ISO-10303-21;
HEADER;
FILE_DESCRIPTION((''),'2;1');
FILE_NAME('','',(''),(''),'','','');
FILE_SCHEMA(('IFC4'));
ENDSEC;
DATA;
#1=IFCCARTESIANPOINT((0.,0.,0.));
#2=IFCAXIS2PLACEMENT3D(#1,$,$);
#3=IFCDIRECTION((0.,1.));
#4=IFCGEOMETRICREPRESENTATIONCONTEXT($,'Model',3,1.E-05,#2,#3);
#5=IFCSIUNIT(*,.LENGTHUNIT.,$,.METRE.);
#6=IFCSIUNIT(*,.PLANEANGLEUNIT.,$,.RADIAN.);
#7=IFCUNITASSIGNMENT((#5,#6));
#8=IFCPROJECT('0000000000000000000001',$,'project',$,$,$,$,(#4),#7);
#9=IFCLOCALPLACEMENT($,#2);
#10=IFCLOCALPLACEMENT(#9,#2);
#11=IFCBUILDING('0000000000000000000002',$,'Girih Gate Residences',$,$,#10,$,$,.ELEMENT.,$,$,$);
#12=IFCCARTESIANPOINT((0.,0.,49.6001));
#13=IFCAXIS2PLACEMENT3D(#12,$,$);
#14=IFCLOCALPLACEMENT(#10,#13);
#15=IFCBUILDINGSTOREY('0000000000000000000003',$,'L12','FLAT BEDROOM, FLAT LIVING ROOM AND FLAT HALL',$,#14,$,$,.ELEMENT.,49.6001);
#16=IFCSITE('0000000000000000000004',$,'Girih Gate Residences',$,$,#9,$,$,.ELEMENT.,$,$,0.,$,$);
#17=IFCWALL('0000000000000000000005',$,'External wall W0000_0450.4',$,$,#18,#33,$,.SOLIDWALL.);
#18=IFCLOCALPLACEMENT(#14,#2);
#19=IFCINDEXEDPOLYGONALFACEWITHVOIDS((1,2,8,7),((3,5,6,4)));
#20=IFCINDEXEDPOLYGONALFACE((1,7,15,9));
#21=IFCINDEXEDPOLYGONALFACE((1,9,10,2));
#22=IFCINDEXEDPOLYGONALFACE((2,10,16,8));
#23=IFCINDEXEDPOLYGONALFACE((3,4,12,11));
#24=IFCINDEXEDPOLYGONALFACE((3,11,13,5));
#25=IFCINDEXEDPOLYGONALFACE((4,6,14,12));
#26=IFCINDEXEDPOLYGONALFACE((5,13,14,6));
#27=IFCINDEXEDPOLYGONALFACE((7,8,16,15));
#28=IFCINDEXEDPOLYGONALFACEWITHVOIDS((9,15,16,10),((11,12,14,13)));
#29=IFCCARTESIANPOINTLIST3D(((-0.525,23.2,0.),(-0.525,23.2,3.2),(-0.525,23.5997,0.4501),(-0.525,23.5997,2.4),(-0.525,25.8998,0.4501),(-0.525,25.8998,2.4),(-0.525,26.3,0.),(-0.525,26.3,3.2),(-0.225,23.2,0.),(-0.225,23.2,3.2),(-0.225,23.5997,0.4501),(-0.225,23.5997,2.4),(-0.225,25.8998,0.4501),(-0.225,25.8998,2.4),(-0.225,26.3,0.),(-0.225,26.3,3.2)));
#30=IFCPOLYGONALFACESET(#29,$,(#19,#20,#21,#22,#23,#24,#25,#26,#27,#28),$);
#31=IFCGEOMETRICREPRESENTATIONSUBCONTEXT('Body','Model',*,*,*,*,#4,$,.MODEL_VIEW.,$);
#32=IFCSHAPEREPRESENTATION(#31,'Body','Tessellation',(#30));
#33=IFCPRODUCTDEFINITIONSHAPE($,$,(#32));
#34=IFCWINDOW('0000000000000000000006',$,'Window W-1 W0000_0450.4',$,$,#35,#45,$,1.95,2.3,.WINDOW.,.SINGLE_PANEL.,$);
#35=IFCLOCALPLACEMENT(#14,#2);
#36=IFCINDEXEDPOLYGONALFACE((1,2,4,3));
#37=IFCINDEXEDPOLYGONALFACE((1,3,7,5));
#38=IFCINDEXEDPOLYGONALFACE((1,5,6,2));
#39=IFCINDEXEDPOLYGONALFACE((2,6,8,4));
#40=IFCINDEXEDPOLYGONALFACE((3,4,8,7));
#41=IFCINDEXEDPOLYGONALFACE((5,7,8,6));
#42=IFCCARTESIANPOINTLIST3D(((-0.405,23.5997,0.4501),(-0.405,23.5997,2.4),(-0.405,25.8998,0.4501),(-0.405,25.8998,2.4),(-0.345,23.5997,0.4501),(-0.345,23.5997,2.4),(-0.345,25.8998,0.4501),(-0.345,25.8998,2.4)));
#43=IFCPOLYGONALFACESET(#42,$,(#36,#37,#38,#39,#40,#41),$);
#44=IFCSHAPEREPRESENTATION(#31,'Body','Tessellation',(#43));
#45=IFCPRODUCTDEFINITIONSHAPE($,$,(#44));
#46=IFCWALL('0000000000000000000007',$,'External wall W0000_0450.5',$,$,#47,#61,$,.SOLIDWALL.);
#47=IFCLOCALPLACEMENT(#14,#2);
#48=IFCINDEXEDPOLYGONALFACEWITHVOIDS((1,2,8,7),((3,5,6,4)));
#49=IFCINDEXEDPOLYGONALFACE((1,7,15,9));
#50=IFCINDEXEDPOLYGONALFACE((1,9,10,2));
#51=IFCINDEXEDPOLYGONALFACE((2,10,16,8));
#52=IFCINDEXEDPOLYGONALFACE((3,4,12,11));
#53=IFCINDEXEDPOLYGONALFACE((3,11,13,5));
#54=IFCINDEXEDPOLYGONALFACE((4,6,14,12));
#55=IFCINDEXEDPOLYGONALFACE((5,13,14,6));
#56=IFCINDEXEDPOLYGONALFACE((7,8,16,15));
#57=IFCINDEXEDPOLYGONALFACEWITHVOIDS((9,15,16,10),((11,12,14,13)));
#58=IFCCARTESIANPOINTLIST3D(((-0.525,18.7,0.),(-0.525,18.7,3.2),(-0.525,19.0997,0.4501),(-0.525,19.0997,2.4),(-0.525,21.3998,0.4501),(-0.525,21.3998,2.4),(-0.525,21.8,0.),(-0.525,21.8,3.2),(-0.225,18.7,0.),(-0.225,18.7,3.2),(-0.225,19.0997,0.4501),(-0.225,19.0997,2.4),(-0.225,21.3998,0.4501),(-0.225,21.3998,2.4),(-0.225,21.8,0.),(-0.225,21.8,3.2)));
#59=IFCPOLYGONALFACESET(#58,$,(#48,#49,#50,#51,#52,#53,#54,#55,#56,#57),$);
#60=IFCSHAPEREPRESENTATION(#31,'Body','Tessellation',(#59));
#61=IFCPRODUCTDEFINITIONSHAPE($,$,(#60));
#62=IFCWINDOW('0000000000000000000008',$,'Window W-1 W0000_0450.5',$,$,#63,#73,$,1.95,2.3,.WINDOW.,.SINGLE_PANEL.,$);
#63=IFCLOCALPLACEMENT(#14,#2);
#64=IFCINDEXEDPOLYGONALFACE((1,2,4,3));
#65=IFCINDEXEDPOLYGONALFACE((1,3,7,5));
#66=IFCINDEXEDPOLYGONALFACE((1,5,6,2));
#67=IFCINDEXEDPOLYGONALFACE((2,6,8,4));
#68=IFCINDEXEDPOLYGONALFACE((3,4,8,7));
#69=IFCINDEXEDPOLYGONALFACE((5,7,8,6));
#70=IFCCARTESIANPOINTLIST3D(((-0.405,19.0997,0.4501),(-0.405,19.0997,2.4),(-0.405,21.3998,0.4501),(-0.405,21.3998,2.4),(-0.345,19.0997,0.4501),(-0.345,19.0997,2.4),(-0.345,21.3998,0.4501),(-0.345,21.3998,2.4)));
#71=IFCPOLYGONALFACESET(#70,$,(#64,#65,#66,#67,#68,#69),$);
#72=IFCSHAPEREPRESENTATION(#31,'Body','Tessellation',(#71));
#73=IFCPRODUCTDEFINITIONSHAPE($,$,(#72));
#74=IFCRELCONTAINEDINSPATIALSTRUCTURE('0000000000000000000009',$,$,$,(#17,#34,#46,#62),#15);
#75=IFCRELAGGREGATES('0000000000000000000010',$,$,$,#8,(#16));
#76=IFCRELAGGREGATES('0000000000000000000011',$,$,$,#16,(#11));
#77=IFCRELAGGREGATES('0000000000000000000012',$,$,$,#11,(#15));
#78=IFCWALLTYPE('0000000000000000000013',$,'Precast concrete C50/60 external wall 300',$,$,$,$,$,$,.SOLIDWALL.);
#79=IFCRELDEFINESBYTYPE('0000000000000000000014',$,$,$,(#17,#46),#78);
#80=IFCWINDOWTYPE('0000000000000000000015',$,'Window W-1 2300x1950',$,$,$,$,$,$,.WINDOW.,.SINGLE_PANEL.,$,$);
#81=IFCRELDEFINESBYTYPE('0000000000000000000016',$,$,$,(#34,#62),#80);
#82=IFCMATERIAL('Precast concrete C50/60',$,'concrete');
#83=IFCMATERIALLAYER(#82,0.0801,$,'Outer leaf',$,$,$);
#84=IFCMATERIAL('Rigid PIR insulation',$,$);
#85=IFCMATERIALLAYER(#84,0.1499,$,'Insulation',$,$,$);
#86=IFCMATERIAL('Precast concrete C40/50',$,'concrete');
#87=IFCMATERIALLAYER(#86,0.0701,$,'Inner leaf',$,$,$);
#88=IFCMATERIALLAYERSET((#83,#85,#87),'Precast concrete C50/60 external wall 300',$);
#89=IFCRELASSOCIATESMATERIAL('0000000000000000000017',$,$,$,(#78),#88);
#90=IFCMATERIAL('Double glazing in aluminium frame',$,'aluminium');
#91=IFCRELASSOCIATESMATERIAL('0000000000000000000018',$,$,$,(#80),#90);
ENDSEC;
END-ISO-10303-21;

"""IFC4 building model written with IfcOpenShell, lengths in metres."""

from ifc_helpers import new_model, si_unit, direction, frame, frame_2d, origin, place, context, subcontext, project, spatial, rectangle, extrude, material, layer, layer_set, type_object, element, fill, save


model = new_model("IFC4")

# Units and contexts
model_context = context("Model", 3, precision=1e-05, world=origin(), true_north=direction((0.0, 1.0)))
body_context = subcontext(model_context, "Body", "Model", "MODEL_VIEW")
ifc_project = project(units=[si_unit("LENGTHUNIT", "METRE"), si_unit("PLANEANGLEUNIT", "RADIAN")], contexts=[model_context])

# Site, building, storey
site_placement = place(None, origin())
site = spatial("IfcSite", under=ifc_project, at=site_placement, Name="Girih Gate Residences", CompositionType="ELEMENT", RefElevation=0.0)
building_placement = place(site_placement, origin())
building = spatial("IfcBuilding", under=site, at=building_placement, Name="Girih Gate Residences", CompositionType="ELEMENT")
storey_placement = place(building_placement, frame((0.0, 0.0, 49.6001)))
storey = spatial("IfcBuildingStorey", under=building, at=storey_placement, Name="L12", Description="FLAT BEDROOM, FLAT LIVING ROOM AND FLAT HALL", CompositionType="ELEMENT", Elevation=49.6001)

# Walls, openings, windows
ifc_material_1 = material(Name="Precast concrete C50/60", Category="concrete")
ifc_layer_1 = layer(ifc_material_1, 0.0801, Name="Outer leaf")
ifc_material_2 = material(Name="Rigid PIR insulation")
ifc_layer_2 = layer(ifc_material_2, 0.1499, Name="Insulation")
ifc_material_3 = material(Name="Precast concrete C40/50", Category="concrete")
ifc_layer_3 = layer(ifc_material_3, 0.0701, Name="Inner leaf")
ifc_layer_set_1 = layer_set([ifc_layer_1, ifc_layer_2, ifc_layer_3], Name="Precast concrete C50/60 external wall 300")
wall_type_1 = type_object("IfcWallType", Name="Precast concrete C50/60 external wall 300", PredefinedType="SOLIDWALL", material=ifc_layer_set_1)
wall_1_placement = place(storey_placement, frame((-0.375, 23.2, 0.0), z_axis=(0.0, 0.0, 1.0), x_axis=(0.0, 1.0, 0.0)))
wall_1 = element("IfcWall", 1, at=wall_1_placement, inside=storey, type_object=wall_type_1, Name="External wall W0000_0450.4", PredefinedType="SOLIDWALL", context=body_context, shape_type="SweptSolid", body=[
    extrude(rectangle(XDim=3.1001, YDim=0.3, at=frame_2d((1.55, 0.0))), origin(), (0.0, 0.0, 1.0), 3.2),
])
opening_1_placement = place(wall_1_placement, frame((0.3999, 0.0, 0.45)))
opening_1 = element("IfcOpeningElement", 2, at=opening_1_placement, cuts=wall_1, PredefinedType="OPENING", context=body_context, shape_type="SweptSolid", body=[
    extrude(rectangle(XDim=2.3, YDim=1.95, at=frame_2d((1.1499, 0.9751))), frame((0.0, 0.1599, 0.0), z_axis=(0.0, -1.0, 0.0), x_axis=(1.0, 0.0, 0.0)), (0.0, 0.0, 1.0), 0.3201),
])
ifc_material_4 = material(Name="Double glazing in aluminium frame", Category="aluminium")
window_type = type_object("IfcWindowType", Name="Window W-1 2300x1950", PartitioningType="SINGLE_PANEL", PredefinedType="WINDOW", material=ifc_material_4)
window_1_placement = place(opening_1_placement, origin())
window_1 = element("IfcWindow", 3, at=window_1_placement, inside=storey, type_object=window_type, Name="Window W-1 W0000_0450.4", OverallHeight=1.95, OverallWidth=2.3, PartitioningType="SINGLE_PANEL", PredefinedType="WINDOW", context=body_context, shape_type="SweptSolid", body=[
    extrude(rectangle(XDim=2.3, YDim=1.95, at=frame_2d((1.1499, 0.9751))), frame((0.0, 0.03, 0.0), z_axis=(0.0, -1.0, 0.0), x_axis=(1.0, 0.0, 0.0)), (0.0, 0.0, 1.0), 0.0601),
])
fill(opening_1, window_1)
wall_2_placement = place(storey_placement, frame((-0.375, 18.7, 0.0), z_axis=(0.0, 0.0, 1.0), x_axis=(0.0, 1.0, 0.0)))
wall_2 = element("IfcWall", 4, at=wall_2_placement, inside=storey, type_object=wall_type_1, Name="External wall W0000_0450.5", PredefinedType="SOLIDWALL", context=body_context, shape_type="SweptSolid", body=[
    extrude(rectangle(XDim=3.1001, YDim=0.3, at=frame_2d((1.55, 0.0))), origin(), (0.0, 0.0, 1.0), 3.2),
])
opening_2_placement = place(wall_2_placement, frame((0.3999, 0.0, 0.45)))
opening_2 = element("IfcOpeningElement", 5, at=opening_2_placement, cuts=wall_2, PredefinedType="OPENING", context=body_context, shape_type="SweptSolid", body=[
    extrude(rectangle(XDim=2.3, YDim=1.95, at=frame_2d((1.1499, 0.9751))), frame((0.0, 0.1599, 0.0), z_axis=(0.0, -1.0, 0.0), x_axis=(1.0, 0.0, 0.0)), (0.0, 0.0, 1.0), 0.3201),
])
window_2_placement = place(opening_2_placement, origin())
window_2 = element("IfcWindow", 6, at=window_2_placement, inside=storey, type_object=window_type, Name="Window W-1 W0000_0450.5", OverallHeight=1.95, OverallWidth=2.3, PartitioningType="SINGLE_PANEL", PredefinedType="WINDOW", context=body_context, shape_type="SweptSolid", body=[
    extrude(rectangle(XDim=2.3, YDim=1.95, at=frame_2d((1.1499, 0.9751))), frame((0.0, 0.03, 0.0), z_axis=(0.0, -1.0, 0.0), x_axis=(1.0, 0.0, 0.0)), (0.0, 0.0, 1.0), 0.0601),
])
fill(opening_2, window_2)

save(model, "model.ifc")
